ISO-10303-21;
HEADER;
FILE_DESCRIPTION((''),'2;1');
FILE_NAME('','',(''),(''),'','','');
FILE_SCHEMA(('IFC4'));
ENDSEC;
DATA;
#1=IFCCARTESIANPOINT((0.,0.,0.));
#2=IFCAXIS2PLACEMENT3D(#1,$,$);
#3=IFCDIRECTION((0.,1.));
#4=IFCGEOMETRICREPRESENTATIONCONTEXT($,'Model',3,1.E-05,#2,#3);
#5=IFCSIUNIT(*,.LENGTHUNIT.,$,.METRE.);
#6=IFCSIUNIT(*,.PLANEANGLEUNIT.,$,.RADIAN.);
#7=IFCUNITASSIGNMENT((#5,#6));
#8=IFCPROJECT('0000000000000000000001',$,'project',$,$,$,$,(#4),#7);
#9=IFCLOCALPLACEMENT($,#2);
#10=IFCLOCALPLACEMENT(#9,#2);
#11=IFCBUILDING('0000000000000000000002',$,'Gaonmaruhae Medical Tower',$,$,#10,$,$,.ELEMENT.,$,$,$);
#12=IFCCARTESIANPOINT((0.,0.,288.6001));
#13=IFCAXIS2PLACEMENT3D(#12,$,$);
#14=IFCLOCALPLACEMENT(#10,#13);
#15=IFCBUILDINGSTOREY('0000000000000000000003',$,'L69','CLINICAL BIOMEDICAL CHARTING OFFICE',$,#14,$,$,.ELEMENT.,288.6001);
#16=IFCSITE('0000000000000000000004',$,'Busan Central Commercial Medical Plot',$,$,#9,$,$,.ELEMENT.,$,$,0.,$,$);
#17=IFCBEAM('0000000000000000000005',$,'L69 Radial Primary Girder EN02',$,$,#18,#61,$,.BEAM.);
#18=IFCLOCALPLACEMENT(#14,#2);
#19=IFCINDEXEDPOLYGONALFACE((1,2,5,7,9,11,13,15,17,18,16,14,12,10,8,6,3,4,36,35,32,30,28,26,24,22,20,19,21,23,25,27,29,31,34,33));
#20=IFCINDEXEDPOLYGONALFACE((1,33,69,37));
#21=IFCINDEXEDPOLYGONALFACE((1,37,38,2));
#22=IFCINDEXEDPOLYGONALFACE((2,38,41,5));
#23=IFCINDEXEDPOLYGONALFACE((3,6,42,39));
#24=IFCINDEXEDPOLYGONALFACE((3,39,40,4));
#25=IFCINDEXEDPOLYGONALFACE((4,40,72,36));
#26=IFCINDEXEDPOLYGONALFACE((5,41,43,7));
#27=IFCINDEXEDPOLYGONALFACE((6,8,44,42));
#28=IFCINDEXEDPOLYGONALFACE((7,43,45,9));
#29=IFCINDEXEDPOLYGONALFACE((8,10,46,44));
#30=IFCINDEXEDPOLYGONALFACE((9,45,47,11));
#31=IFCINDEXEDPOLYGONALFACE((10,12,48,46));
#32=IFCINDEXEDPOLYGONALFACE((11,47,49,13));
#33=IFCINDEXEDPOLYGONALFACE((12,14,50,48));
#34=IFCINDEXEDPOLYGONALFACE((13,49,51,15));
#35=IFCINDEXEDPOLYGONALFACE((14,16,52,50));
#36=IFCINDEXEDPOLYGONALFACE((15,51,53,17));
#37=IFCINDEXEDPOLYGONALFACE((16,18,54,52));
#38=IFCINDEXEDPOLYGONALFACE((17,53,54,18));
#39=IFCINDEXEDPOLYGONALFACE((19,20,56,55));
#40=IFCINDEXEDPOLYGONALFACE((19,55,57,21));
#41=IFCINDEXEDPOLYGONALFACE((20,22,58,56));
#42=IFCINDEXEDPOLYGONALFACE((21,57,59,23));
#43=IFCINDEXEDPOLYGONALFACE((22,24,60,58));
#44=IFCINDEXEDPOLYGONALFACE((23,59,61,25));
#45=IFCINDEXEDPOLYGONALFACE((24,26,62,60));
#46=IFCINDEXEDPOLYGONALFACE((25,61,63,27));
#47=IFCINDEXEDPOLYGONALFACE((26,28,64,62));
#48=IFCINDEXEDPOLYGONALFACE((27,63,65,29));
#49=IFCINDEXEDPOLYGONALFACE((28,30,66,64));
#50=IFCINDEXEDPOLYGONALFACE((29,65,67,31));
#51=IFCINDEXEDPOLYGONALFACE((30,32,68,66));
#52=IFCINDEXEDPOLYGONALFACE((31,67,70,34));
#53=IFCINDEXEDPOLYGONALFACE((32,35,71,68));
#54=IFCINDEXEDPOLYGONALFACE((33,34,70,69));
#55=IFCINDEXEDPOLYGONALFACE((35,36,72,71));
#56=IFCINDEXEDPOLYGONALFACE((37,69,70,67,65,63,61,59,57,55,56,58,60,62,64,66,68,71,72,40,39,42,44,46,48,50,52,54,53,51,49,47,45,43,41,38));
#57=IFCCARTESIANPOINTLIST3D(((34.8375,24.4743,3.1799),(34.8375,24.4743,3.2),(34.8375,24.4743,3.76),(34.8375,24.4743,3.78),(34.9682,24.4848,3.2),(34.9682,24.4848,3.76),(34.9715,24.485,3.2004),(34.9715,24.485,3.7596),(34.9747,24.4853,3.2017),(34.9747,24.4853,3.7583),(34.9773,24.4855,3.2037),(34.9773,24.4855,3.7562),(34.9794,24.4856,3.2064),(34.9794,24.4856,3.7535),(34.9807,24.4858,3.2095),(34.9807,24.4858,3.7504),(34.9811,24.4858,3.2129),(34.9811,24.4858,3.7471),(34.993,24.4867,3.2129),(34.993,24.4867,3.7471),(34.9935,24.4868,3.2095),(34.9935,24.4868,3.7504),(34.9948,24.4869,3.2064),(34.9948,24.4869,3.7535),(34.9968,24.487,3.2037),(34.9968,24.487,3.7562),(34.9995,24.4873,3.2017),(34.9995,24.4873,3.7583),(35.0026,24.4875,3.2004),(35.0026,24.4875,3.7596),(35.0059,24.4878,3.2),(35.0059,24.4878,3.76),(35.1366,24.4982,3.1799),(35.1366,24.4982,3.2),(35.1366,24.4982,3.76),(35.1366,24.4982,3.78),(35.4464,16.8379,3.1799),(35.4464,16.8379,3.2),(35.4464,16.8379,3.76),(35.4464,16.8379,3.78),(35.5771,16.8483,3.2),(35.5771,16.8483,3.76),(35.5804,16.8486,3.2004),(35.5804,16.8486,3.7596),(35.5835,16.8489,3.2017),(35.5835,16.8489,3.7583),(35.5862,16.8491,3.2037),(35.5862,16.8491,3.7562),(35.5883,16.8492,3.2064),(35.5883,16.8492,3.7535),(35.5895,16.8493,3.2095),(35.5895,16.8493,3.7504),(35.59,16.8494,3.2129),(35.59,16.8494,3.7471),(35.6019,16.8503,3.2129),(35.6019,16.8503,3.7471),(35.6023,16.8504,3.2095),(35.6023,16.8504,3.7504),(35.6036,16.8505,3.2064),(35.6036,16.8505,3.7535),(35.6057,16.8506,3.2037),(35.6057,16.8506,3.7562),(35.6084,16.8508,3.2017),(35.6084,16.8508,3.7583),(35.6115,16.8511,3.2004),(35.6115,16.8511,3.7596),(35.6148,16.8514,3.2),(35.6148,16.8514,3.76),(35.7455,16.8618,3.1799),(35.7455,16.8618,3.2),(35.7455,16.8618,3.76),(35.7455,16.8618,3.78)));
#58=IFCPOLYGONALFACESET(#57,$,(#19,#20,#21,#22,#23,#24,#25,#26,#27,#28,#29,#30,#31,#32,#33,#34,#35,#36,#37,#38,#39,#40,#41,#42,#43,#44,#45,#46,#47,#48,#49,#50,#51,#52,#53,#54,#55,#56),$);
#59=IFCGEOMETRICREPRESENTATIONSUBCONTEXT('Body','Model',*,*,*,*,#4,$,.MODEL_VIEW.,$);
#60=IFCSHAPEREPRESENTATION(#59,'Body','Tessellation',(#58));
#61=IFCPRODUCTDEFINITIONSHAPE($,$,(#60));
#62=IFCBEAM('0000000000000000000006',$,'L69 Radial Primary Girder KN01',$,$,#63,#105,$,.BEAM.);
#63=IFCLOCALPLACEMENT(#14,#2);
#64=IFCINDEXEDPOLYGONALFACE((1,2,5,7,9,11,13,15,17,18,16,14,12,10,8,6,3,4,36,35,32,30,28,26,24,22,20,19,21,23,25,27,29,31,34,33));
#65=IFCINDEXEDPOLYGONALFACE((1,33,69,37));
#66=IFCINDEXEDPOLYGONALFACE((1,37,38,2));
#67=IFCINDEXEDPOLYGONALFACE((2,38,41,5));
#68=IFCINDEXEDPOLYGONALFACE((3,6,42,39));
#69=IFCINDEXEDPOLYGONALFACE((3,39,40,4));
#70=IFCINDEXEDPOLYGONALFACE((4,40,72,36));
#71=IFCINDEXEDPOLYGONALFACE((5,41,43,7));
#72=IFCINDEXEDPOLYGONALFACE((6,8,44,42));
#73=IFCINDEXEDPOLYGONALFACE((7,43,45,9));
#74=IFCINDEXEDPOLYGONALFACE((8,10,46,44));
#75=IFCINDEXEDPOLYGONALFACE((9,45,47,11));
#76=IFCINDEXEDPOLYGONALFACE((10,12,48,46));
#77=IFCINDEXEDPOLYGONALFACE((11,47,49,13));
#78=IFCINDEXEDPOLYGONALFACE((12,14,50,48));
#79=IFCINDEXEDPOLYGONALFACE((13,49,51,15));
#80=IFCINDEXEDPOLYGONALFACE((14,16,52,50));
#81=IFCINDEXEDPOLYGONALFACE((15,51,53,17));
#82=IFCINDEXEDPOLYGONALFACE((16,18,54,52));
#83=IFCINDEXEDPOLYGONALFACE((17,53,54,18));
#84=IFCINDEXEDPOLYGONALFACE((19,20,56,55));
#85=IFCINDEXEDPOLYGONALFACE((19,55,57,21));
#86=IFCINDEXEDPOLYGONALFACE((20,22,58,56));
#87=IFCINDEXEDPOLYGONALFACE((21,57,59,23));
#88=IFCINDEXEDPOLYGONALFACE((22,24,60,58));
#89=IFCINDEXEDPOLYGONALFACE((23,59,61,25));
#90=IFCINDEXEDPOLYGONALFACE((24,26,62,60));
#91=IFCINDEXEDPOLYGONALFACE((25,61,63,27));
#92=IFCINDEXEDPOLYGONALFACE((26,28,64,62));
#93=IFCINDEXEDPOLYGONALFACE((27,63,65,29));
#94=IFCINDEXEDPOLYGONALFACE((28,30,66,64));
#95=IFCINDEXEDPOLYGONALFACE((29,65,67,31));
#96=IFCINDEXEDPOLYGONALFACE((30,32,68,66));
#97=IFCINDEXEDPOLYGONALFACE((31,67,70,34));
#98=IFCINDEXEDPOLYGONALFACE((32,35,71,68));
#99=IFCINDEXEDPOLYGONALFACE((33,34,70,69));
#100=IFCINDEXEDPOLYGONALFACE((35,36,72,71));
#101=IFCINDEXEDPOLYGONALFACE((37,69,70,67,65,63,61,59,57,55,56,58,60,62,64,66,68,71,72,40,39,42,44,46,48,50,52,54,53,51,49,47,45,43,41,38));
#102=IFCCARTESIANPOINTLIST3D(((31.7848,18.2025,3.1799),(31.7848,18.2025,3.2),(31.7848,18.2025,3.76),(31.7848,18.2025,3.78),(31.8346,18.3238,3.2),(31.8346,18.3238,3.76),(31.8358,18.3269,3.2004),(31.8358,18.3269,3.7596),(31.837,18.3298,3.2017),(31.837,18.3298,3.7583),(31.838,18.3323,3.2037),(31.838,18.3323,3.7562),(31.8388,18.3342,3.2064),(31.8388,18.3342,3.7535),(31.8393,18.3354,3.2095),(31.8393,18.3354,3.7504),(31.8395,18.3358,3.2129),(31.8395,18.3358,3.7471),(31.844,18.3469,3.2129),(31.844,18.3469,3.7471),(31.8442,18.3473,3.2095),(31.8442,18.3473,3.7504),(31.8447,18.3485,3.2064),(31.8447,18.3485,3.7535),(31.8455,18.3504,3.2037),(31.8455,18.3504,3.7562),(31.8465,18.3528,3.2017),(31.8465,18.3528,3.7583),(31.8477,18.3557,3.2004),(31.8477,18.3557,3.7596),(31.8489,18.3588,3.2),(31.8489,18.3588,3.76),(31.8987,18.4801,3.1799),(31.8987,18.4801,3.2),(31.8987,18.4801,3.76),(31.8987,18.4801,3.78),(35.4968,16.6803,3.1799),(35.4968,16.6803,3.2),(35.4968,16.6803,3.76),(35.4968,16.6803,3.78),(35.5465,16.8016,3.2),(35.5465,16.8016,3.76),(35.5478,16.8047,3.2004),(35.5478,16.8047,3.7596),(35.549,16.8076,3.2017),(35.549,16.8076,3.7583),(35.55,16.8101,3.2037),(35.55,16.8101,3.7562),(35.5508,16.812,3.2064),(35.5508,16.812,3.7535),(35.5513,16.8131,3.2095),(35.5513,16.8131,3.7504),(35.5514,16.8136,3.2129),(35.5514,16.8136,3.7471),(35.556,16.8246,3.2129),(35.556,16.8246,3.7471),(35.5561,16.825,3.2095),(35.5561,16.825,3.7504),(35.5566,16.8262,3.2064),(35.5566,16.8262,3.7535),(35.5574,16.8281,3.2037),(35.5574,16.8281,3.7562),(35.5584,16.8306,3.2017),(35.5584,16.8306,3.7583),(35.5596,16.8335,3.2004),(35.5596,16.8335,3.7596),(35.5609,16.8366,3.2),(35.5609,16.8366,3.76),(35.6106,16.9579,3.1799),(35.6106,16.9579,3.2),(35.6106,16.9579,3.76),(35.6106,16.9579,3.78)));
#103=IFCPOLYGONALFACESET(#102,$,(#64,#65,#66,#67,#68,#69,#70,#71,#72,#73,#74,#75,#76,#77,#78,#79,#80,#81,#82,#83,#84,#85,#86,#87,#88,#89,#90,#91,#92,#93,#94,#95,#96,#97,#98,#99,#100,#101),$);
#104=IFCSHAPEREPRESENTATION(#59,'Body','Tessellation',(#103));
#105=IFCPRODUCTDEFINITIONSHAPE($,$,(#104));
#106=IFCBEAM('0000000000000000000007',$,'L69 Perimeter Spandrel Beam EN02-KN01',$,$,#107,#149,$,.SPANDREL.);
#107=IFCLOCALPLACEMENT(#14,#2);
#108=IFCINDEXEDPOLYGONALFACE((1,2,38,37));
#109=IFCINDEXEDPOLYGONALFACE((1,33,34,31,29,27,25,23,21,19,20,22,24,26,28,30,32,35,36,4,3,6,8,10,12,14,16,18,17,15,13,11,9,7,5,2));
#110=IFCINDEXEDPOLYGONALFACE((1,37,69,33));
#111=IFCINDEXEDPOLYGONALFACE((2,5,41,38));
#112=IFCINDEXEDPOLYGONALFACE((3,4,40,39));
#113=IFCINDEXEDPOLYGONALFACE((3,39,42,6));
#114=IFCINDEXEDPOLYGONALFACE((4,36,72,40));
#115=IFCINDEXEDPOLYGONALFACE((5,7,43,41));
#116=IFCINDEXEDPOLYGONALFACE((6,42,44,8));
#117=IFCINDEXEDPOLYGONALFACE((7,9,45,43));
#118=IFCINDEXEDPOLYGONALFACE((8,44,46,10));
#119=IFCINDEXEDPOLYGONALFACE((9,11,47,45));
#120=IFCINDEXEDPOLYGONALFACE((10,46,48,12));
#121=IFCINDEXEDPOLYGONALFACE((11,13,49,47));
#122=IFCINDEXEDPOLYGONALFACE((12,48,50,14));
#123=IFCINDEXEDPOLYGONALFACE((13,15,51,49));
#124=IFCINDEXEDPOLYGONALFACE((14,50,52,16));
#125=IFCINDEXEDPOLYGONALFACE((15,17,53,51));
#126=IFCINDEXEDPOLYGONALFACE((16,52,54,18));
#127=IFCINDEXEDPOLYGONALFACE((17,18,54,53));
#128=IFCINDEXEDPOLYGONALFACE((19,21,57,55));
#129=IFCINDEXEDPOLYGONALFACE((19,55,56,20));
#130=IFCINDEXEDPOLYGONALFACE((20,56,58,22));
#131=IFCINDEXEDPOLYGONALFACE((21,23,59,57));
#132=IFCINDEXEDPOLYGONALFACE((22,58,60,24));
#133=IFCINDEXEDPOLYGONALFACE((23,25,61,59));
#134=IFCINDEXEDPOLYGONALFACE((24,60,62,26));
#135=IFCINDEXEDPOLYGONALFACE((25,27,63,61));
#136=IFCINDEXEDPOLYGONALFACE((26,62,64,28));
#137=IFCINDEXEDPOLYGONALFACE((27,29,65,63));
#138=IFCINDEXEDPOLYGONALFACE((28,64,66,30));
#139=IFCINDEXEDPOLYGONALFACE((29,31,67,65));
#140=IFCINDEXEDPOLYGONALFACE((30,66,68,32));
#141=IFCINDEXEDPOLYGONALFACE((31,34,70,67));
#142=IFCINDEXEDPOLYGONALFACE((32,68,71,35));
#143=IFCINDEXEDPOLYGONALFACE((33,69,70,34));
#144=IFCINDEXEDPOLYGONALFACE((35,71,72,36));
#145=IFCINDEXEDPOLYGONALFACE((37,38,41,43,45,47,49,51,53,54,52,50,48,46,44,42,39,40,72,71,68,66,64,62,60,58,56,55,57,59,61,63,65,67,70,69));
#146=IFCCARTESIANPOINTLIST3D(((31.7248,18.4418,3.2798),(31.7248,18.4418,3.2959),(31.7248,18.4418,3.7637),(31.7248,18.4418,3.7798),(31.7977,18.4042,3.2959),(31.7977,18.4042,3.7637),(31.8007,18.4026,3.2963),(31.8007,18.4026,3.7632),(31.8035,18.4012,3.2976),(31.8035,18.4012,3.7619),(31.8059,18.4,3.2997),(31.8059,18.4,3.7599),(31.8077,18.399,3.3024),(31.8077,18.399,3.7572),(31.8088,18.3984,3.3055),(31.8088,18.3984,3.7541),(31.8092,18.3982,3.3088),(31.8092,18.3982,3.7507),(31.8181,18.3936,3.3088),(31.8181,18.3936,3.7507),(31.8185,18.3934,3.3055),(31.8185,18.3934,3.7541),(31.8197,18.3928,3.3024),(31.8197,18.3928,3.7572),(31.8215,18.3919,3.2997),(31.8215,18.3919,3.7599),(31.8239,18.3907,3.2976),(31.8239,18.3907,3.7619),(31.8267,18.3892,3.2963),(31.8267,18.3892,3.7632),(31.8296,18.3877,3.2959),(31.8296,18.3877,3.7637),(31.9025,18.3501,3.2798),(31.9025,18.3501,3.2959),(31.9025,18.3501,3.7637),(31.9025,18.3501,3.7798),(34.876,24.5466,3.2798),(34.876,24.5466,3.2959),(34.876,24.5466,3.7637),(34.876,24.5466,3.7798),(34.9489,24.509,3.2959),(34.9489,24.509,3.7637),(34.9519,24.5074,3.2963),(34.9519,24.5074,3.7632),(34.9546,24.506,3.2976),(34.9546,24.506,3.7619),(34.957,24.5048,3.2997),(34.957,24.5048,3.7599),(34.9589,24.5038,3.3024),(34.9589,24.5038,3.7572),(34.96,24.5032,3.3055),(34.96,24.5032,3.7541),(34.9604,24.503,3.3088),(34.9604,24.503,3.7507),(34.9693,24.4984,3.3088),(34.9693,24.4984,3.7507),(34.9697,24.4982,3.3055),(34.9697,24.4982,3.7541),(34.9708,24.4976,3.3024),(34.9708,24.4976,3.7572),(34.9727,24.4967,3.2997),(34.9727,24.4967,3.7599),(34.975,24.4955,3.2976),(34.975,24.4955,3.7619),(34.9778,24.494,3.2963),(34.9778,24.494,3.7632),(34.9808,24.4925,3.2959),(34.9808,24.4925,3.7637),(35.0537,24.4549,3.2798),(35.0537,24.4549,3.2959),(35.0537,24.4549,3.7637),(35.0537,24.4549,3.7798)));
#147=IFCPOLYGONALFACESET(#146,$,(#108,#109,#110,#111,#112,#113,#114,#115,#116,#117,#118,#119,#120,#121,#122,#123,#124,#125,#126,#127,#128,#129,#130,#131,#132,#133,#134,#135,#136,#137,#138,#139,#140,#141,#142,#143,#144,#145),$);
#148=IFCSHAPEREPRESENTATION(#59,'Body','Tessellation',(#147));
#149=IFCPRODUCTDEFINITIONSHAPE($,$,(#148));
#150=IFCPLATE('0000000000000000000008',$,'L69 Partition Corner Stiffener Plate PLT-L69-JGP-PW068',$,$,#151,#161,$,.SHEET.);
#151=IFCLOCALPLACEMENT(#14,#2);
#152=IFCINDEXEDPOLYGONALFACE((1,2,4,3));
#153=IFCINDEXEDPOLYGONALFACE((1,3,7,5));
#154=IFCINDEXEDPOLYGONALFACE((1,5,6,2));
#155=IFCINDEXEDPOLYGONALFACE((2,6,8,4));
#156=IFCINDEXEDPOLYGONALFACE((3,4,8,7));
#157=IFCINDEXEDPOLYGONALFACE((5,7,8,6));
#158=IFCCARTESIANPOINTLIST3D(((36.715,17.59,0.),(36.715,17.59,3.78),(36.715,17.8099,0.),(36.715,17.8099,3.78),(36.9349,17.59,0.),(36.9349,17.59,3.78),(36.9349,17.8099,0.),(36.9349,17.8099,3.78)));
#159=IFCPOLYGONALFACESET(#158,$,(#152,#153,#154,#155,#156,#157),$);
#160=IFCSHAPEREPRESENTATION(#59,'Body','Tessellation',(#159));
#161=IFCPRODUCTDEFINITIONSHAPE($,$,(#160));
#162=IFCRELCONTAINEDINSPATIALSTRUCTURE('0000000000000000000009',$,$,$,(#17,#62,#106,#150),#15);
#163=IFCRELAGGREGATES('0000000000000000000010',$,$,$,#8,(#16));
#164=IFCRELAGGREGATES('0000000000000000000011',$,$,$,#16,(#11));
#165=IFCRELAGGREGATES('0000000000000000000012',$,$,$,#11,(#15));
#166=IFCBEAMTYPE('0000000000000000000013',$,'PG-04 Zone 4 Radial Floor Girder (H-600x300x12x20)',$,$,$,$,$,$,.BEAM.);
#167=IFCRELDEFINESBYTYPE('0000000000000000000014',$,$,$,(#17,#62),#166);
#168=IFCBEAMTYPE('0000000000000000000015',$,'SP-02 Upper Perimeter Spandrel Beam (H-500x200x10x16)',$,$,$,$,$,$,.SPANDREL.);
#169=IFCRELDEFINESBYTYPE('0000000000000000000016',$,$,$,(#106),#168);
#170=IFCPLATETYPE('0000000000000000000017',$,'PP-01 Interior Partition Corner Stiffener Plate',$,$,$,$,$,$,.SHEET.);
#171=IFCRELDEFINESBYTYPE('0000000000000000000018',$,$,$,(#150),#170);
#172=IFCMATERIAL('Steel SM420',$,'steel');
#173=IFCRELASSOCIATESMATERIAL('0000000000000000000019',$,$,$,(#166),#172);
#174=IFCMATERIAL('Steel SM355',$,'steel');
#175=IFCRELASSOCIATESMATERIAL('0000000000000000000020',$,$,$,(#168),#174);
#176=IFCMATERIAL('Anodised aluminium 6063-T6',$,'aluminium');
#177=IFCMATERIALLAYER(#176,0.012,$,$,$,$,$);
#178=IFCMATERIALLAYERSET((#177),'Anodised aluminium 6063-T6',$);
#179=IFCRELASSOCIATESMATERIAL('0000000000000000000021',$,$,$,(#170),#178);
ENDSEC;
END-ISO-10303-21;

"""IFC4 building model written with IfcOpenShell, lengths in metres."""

from ifc_helpers import new_model, si_unit, direction, frame, origin, origin_2d, place, context, subcontext, project, spatial, rectangle, i_section, extrude, material, layer, layer_set, material_profile, profile_set, type_object, element, save


model = new_model("IFC4")

# Units and contexts
model_context = context("Model", 3, precision=1e-05, world=origin(), true_north=direction((0.0, 1.0)))
body_context = subcontext(model_context, "Body", "Model", "MODEL_VIEW")
ifc_project = project(units=[si_unit("LENGTHUNIT", "METRE"), si_unit("PLANEANGLEUNIT", "RADIAN")], contexts=[model_context])

# Site, building, storey
site_placement = place(None, origin())
site = spatial("IfcSite", under=ifc_project, at=site_placement, Name="Busan Central Commercial Medical Plot", CompositionType="ELEMENT", RefElevation=0.0)
building_placement = place(site_placement, origin())
building = spatial("IfcBuilding", under=site, at=building_placement, Name="Gaonmaruhae Medical Tower", CompositionType="ELEMENT")
storey_placement = place(building_placement, frame((0.0, 0.0, 288.6001)))
storey = spatial("IfcBuildingStorey", under=building, at=storey_placement, Name="L69", Description="CLINICAL BIOMEDICAL CHARTING OFFICE", CompositionType="ELEMENT", Elevation=288.6001)

# Beams
ifc_material_1 = material(Name="Steel SM355", Category="steel")
ifc_material_2 = material(Name="Steel SM420", Category="steel")
ifc_material_profile_1 = material_profile(ifc_material_2, i_section(OverallWidth=0.3, OverallDepth=0.6001, WebThickness=0.012, FlangeThickness=0.02, FilletRadius=0.0129, at=origin_2d()), Name="H-600x300x12x20")
ifc_profile_set_1 = profile_set([ifc_material_profile_1], Name="Steel SM420")
beam_type_1 = type_object("IfcBeamType", Name="PG-04 Zone 4 Radial Floor Girder (H-600x300x12x20)", PredefinedType="BEAM", material=ifc_profile_set_1)
beam_1_placement = place(storey_placement, frame((35.5959, 16.8499, 3.48), z_axis=(-0.079482, 0.996836, 0.0), x_axis=(-0.996836, -0.079482, 0.0)))
element("IfcBeam", 1, at=beam_1_placement, inside=storey, type_object=beam_type_1, Name="L69 Radial Primary Girder EN02", PredefinedType="BEAM", context=body_context, shape_type="SweptSolid", body=[
    extrude(i_section(OverallWidth=0.3, OverallDepth=0.6001, WebThickness=0.012, FlangeThickness=0.02, FilletRadius=0.0129, at=origin_2d()), origin(), (0.0, 0.0, 1.0), 7.6606),
])
beam_2_placement = place(storey_placement, frame((35.5537, 16.8191, 3.48), z_axis=(-0.925223, 0.379424, 0.0), x_axis=(-0.379424, -0.925223, 0.0)))
element("IfcBeam", 2, at=beam_2_placement, inside=storey, type_object=beam_type_1, Name="L69 Radial Primary Girder KN01", PredefinedType="BEAM", context=body_context, shape_type="SweptSolid", body=[
    extrude(i_section(OverallWidth=0.3, OverallDepth=0.6001, WebThickness=0.012, FlangeThickness=0.02, FilletRadius=0.0129, at=origin_2d()), origin(), (0.0, 0.0, 1.0), 4.012),
])
ifc_material_profile_2 = material_profile(ifc_material_1, i_section(OverallWidth=0.2, OverallDepth=0.5, WebThickness=0.01, FlangeThickness=0.0161, FilletRadius=0.0129, at=origin_2d()), Name="H-500x200x10x16")
ifc_profile_set_2 = profile_set([ifc_material_profile_2], Name="Steel SM355")
beam_type_2 = type_object("IfcBeamType", Name="SP-02 Upper Perimeter Spandrel Beam (H-500x200x10x16)", PredefinedType="SPANDREL", material=ifc_profile_set_2)
beam_3_placement = place(storey_placement, frame((34.9648, 24.5007, 3.5298), z_axis=(-0.458676, -0.888603, 0.0), x_axis=(0.888603, -0.458676, 0.0)))
element("IfcBeam", 3, at=beam_3_placement, inside=storey, type_object=beam_type_2, Name="L69 Perimeter Spandrel Beam EN02-KN01", PredefinedType="SPANDREL", context=body_context, shape_type="SweptSolid", body=[
    extrude(i_section(OverallWidth=0.2, OverallDepth=0.5, WebThickness=0.01, FlangeThickness=0.0161, FilletRadius=0.0129, at=origin_2d()), origin(), (0.0, 0.0, 1.0), 6.8701),
])

# Plate
ifc_material_3 = material(Name="Anodised aluminium 6063-T6", Category="aluminium")
ifc_layer_1 = layer(ifc_material_3, 0.012)
ifc_layer_set_1 = layer_set([ifc_layer_1], Name="Anodised aluminium 6063-T6")
plate_type = type_object("IfcPlateType", Name="PP-01 Interior Partition Corner Stiffener Plate", PredefinedType="SHEET", material=ifc_layer_set_1)
plate_placement = place(storey_placement, frame((36.825, 17.7, 0.0), z_axis=(0.0, 0.0, 1.0), x_axis=(1.0, 0.0, 0.0)))
element("IfcPlate", 4, at=plate_placement, inside=storey, type_object=plate_type, Name="L69 Partition Corner Stiffener Plate PLT-L69-JGP-PW068", PredefinedType="SHEET", context=body_context, shape_type="SweptSolid", body=[
    extrude(rectangle(XDim=0.22, YDim=0.22, at=origin_2d()), origin(), (0.0, 0.0, 1.0), 3.78),
])

save(model, "model.ifc")
